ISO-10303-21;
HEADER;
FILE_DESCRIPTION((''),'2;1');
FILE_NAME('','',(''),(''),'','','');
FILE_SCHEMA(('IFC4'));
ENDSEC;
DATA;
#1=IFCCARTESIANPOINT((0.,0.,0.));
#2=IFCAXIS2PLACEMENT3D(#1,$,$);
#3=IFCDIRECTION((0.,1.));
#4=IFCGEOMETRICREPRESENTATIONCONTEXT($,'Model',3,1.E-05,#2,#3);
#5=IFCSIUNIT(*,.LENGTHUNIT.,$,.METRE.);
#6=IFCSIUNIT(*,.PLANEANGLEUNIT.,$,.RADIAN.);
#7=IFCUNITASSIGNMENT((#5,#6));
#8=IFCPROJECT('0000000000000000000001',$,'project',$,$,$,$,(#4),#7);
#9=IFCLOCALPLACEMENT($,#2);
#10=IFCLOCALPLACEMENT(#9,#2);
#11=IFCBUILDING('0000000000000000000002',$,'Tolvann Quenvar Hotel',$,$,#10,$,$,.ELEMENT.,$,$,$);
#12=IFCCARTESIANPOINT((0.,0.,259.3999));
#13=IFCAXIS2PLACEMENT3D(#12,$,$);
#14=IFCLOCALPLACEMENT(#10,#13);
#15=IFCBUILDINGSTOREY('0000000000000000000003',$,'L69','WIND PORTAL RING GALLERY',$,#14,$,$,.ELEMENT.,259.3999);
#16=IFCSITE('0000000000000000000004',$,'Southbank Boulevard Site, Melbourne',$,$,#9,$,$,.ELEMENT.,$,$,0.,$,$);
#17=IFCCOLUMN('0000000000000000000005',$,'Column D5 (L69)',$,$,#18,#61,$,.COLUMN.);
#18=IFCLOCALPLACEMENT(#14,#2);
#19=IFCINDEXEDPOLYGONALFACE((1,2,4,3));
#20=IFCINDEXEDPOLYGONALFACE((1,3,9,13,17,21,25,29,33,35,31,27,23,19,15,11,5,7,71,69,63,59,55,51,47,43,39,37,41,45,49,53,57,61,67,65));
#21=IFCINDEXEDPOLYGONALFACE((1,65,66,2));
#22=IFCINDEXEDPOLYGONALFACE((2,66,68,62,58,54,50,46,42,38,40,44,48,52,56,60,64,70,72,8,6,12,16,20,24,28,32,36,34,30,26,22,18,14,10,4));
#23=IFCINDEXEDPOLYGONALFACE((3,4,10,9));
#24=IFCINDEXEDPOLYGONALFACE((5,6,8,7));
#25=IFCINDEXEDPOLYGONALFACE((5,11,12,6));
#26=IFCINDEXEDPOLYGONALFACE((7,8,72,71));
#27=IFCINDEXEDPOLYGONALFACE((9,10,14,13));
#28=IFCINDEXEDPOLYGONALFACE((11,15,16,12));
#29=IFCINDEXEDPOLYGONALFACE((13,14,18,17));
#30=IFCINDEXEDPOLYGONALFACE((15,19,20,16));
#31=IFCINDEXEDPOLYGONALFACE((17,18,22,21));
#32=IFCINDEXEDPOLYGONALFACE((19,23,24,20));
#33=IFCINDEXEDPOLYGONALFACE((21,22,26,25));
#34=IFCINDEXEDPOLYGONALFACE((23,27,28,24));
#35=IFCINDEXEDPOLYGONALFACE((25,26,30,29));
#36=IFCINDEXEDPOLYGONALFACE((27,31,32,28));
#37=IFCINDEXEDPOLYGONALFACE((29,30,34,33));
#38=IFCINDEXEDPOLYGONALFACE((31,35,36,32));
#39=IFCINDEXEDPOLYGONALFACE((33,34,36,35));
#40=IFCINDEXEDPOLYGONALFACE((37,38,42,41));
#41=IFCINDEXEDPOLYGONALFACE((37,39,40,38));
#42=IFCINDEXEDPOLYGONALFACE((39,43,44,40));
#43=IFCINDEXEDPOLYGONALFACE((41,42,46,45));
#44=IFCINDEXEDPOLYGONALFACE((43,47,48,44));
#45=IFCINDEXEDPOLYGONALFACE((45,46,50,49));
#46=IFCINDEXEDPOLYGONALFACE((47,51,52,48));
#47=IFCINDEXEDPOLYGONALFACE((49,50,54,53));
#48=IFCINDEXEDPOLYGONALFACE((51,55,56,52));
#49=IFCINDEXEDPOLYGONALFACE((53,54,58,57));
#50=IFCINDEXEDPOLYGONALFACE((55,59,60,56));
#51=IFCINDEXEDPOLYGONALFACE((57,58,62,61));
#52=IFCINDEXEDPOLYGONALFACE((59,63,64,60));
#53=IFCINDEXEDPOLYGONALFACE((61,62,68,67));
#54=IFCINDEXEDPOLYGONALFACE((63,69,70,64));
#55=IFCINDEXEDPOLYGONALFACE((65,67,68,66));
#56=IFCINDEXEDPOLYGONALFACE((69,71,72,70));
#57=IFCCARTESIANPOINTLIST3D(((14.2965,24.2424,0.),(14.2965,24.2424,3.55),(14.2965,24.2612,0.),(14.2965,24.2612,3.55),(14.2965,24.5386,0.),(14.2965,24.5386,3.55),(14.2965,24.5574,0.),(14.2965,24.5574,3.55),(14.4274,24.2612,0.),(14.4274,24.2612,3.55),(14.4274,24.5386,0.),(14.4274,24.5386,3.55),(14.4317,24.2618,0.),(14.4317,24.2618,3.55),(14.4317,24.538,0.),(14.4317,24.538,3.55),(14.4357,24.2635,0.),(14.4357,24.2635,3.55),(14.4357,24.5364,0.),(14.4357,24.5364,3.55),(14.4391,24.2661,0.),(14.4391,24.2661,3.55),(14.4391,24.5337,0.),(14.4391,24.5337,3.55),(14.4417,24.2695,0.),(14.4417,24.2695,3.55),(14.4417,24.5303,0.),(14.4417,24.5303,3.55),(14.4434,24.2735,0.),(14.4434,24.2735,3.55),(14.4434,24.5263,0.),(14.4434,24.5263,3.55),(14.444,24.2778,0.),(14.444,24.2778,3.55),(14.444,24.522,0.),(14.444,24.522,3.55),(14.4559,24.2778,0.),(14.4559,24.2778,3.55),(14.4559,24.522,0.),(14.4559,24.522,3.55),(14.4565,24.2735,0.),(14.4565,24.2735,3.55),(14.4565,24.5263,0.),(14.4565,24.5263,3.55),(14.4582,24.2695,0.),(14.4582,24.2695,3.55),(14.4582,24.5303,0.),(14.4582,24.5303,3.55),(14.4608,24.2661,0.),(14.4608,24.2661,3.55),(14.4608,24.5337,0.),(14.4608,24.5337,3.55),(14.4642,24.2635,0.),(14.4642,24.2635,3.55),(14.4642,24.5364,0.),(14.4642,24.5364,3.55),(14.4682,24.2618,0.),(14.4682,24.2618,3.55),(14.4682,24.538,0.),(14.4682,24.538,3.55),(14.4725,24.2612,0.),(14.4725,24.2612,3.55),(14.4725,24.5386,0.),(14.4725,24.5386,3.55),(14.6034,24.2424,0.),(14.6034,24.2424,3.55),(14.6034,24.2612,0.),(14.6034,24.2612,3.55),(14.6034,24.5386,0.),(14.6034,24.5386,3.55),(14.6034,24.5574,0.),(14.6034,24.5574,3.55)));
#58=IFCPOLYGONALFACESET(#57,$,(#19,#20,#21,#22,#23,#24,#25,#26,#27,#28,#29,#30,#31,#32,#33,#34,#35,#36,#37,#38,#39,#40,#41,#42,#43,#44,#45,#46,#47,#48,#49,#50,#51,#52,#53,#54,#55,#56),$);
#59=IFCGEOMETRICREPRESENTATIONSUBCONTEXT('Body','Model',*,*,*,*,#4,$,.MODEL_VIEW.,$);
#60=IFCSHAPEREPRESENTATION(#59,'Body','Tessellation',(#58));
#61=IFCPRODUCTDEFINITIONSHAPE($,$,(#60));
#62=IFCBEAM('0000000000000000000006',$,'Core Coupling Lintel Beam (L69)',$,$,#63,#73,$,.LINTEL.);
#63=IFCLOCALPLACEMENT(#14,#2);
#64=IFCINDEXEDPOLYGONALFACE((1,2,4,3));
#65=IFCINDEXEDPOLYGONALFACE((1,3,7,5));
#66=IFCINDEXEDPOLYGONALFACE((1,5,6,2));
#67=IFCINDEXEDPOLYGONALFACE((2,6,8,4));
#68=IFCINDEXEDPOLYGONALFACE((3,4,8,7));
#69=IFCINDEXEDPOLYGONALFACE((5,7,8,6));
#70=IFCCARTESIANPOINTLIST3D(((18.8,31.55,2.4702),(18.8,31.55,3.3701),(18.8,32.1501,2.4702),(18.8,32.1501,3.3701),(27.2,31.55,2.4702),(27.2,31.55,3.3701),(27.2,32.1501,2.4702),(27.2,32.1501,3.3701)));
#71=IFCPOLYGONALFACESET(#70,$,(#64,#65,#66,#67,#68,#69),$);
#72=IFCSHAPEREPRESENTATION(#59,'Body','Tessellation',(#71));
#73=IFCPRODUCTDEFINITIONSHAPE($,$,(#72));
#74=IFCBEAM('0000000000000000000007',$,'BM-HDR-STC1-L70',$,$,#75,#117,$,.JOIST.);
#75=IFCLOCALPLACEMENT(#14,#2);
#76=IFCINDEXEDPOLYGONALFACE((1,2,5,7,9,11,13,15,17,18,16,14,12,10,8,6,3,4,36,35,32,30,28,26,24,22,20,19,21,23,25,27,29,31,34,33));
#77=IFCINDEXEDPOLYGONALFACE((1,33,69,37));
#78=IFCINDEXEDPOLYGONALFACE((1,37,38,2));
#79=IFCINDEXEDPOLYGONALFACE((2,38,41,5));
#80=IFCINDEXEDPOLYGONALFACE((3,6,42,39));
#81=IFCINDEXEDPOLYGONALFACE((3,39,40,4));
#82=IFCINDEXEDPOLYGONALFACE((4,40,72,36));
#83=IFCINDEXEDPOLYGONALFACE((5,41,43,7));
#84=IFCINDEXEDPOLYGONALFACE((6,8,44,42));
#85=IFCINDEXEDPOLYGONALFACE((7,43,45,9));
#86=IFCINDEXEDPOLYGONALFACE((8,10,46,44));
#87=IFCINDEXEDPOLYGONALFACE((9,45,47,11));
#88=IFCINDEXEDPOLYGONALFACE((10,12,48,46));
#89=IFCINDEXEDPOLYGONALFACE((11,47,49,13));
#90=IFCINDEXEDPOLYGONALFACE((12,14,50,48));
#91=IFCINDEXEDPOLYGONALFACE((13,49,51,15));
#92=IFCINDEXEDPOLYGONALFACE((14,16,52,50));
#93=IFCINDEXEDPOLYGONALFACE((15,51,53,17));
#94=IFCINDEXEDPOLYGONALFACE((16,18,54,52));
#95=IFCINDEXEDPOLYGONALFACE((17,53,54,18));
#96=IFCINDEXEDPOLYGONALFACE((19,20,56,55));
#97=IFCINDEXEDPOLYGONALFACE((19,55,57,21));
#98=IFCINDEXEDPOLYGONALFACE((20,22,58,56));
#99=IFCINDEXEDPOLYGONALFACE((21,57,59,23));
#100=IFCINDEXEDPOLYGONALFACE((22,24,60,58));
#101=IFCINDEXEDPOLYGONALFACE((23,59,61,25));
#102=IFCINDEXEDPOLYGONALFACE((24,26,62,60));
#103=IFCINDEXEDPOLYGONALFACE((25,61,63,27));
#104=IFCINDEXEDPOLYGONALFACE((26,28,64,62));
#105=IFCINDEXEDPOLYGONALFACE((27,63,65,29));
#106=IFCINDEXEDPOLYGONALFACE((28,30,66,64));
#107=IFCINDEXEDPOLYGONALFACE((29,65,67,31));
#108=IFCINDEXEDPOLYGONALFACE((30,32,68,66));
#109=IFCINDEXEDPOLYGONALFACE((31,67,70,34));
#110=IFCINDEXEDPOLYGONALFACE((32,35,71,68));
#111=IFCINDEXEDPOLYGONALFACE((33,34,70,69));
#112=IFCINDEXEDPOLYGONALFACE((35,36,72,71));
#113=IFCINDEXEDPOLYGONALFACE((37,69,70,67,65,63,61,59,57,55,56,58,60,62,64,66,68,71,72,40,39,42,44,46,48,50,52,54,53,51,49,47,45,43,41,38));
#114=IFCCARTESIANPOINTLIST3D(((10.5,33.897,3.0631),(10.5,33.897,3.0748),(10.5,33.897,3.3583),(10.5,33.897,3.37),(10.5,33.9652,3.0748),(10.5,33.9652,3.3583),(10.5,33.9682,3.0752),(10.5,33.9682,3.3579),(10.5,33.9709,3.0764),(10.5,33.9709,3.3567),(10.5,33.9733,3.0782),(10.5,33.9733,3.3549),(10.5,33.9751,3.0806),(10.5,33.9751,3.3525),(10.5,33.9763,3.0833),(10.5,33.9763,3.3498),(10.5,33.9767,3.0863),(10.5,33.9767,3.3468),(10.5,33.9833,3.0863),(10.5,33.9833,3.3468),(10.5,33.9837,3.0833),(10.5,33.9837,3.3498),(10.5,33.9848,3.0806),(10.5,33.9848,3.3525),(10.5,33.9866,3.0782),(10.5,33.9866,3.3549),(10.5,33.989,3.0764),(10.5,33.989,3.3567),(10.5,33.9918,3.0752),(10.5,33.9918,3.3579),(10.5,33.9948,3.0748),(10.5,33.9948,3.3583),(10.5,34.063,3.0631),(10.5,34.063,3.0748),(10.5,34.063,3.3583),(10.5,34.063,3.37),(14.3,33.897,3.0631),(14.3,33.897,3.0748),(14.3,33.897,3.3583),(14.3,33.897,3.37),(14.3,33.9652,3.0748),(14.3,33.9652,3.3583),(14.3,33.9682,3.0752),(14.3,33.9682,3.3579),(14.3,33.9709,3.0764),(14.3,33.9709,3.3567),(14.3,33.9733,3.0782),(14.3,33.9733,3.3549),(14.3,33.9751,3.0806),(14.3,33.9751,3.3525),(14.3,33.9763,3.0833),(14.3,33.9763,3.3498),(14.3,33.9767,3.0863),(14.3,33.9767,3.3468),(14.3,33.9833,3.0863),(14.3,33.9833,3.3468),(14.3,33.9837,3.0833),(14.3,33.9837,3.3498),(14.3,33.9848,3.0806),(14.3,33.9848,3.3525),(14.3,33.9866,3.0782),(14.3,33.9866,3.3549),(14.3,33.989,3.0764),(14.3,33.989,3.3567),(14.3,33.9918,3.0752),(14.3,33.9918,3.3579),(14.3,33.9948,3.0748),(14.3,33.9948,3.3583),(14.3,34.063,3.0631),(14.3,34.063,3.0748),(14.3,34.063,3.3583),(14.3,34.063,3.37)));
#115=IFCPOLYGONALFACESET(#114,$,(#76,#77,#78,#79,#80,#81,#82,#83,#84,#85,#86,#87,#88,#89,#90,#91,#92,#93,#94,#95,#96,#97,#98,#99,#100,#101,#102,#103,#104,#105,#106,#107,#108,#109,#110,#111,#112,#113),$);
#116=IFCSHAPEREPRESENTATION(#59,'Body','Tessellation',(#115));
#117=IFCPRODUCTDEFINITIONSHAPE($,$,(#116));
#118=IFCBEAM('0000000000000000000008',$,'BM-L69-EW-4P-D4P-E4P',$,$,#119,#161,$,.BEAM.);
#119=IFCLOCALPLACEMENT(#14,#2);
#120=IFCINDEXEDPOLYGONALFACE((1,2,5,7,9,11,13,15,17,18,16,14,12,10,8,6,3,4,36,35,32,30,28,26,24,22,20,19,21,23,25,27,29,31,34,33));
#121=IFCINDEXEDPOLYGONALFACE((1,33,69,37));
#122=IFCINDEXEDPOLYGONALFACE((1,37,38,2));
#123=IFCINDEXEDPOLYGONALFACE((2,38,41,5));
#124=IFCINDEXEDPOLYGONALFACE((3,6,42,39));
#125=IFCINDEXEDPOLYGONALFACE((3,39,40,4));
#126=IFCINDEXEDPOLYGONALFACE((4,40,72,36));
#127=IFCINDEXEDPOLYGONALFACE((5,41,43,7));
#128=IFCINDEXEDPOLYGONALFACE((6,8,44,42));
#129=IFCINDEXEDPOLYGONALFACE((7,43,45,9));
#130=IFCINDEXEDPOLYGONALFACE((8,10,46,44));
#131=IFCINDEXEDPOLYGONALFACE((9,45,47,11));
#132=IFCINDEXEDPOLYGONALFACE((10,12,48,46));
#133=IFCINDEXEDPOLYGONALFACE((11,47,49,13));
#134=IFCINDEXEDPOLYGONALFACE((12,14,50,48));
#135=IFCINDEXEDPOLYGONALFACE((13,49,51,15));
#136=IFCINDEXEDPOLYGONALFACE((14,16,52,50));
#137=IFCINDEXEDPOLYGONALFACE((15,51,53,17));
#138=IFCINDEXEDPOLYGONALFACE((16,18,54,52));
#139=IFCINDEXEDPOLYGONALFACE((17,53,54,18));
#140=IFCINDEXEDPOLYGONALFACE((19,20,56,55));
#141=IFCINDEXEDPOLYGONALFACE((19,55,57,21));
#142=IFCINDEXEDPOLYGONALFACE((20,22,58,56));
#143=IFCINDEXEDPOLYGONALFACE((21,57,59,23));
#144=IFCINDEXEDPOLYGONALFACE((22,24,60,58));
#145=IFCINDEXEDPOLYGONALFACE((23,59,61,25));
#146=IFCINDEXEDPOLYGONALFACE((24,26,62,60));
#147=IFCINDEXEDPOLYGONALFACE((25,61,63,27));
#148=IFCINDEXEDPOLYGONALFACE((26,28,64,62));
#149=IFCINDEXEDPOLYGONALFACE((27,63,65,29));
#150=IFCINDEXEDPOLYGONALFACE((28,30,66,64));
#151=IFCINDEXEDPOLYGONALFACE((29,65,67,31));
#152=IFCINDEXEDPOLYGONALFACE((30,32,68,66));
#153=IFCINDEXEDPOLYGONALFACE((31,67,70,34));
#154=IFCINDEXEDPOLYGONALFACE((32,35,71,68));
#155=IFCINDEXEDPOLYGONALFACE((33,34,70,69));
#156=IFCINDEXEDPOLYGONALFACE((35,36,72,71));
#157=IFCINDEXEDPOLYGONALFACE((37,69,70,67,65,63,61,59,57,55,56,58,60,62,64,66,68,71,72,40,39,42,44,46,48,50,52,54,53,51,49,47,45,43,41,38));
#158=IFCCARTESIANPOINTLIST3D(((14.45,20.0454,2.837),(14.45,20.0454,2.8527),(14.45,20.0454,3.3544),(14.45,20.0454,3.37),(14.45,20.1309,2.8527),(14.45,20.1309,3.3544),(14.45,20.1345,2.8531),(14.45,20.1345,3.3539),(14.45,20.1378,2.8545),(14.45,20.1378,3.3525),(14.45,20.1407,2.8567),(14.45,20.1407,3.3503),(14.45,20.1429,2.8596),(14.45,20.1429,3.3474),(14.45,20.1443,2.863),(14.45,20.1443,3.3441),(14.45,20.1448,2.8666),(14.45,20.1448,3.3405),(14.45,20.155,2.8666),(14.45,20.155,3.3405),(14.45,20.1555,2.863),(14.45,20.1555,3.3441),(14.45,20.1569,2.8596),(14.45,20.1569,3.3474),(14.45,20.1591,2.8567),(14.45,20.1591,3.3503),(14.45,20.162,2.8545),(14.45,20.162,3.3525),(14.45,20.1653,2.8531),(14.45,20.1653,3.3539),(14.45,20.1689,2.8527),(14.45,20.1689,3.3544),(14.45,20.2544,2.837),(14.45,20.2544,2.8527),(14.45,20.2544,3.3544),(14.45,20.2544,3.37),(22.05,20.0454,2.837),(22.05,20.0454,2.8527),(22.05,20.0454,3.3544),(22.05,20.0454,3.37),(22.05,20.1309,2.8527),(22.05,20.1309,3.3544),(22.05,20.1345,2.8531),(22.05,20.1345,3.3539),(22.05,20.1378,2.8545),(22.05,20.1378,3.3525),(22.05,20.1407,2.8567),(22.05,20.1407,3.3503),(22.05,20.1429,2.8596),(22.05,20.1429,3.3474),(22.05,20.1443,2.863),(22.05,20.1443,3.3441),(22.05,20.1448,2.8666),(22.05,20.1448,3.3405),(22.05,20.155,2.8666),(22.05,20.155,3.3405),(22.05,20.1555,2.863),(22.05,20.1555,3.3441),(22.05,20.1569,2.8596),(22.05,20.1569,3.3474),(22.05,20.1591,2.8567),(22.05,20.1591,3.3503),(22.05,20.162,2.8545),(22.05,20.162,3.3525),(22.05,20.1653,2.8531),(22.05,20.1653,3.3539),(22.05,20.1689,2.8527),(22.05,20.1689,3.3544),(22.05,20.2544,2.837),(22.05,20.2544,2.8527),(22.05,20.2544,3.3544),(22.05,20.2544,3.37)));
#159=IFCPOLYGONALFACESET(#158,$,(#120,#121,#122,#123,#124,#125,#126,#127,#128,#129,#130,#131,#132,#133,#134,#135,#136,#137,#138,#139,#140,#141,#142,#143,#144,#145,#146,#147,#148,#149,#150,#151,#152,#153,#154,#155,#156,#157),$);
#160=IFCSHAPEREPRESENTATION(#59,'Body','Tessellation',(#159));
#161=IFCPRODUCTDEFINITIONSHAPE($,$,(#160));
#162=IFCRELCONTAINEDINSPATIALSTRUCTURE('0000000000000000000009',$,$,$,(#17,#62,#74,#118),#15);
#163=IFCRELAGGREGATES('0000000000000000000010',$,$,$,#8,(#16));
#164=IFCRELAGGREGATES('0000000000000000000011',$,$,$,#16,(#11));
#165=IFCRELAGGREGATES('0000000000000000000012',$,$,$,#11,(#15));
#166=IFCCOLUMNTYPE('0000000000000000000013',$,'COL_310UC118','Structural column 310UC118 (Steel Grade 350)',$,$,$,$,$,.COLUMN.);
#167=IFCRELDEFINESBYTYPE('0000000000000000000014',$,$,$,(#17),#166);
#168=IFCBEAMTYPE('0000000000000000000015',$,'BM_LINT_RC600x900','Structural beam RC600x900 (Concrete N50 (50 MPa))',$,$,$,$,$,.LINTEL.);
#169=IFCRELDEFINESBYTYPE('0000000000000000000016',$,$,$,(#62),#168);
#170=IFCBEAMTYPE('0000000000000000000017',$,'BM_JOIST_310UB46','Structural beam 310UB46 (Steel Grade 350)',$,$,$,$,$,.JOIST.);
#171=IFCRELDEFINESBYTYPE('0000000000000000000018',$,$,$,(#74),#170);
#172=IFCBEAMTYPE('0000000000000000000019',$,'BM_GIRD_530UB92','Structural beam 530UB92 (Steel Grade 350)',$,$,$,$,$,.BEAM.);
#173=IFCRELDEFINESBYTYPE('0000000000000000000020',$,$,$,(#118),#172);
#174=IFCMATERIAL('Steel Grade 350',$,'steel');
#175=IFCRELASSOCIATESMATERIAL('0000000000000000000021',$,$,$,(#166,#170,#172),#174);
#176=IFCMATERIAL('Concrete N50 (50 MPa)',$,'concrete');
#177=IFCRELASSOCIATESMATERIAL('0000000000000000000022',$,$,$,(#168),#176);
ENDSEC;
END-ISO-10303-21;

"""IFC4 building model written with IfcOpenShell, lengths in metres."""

from ifc_helpers import new_model, si_unit, direction, frame, origin, origin_2d, place, context, subcontext, project, spatial, rectangle, i_section, extrude, source, transform, mapped, material, material_profile, profile_set, type_object, type_shapes, element, save


model = new_model("IFC4")

# Units and contexts
model_context = context("Model", 3, precision=1e-05, world=origin(), true_north=direction((0.0, 1.0)))
body_context = subcontext(model_context, "Body", "Model", "MODEL_VIEW")
ifc_project = project(units=[si_unit("LENGTHUNIT", "METRE"), si_unit("PLANEANGLEUNIT", "RADIAN")], contexts=[model_context])

# Site, building, storey
site_placement = place(None, origin())
site = spatial("IfcSite", under=ifc_project, at=site_placement, Name="Southbank Boulevard Site, Melbourne", CompositionType="ELEMENT", RefElevation=0.0)
building_placement = place(site_placement, origin())
building = spatial("IfcBuilding", under=site, at=building_placement, Name="Tolvann Quenvar Hotel", CompositionType="ELEMENT")
storey_placement = place(building_placement, frame((0.0, 0.0, 259.3999)))
storey = spatial("IfcBuildingStorey", under=building, at=storey_placement, Name="L69", Description="WIND PORTAL RING GALLERY", CompositionType="ELEMENT", Elevation=259.3999)

# Column
ifc_material_1 = material(Name="Steel Grade 350", Category="steel")
ifc_material_profile_1 = material_profile(ifc_material_1, i_section(OverallWidth=0.3069, OverallDepth=0.3149, WebThickness=0.012, FlangeThickness=0.0188, FilletRadius=0.0166, at=origin_2d()), Name="310UC118")
ifc_profile_set_1 = profile_set([ifc_material_profile_1], Name="Steel Grade 350")
column_type = type_object("IfcColumnType", Name="COL_310UC118", Description="Structural column 310UC118 (Steel Grade 350)", PredefinedType="COLUMN", material=ifc_profile_set_1)
shared_shape_1 = source(origin(), body_context, "Body", "SweptSolid", [
    extrude(i_section(OverallWidth=0.3069, OverallDepth=0.3149, WebThickness=0.012, FlangeThickness=0.0188, FilletRadius=0.0166, at=origin_2d()), origin(), (0.0, 0.0, 1.0), 3.55),
])
type_shapes(column_type, [shared_shape_1])
column_placement = place(storey_placement, frame((14.45, 24.3999, 0.0), z_axis=(0.0, 0.0, 1.0), x_axis=(1.0, 0.0, 0.0)))
element("IfcColumn", 1, at=column_placement, inside=storey, type_object=column_type, Name="Column D5 (L69)", PredefinedType="COLUMN", context=body_context, shape_type="MappedRepresentation", body=[
    mapped(shared_shape_1, transform((0.0, 0.0, 0.0), x_axis=(1.0, 0.0, 0.0), y_axis=(0.0, 1.0, 0.0), z_axis=(0.0, 0.0, 1.0), scale=1.0)),
])

# Beams
ifc_material_2 = material(Name="Concrete N50 (50 MPa)", Category="concrete")
ifc_material_profile_2 = material_profile(ifc_material_2, rectangle(XDim=0.6001, YDim=0.8999, at=origin_2d()), Name="RC600x900")
ifc_profile_set_2 = profile_set([ifc_material_profile_2], Name="Concrete N50 (50 MPa)")
beam_type_1 = type_object("IfcBeamType", Name="BM_LINT_RC600x900", Description="Structural beam RC600x900 (Concrete N50 (50 MPa))", PredefinedType="LINTEL", material=ifc_profile_set_2)
shared_shape_2 = source(origin(), body_context, "Body", "SweptSolid", [
    extrude(rectangle(XDim=0.6001, YDim=0.8999, at=origin_2d()), origin(), (0.0, 0.0, 1.0), 8.3999),
])
type_shapes(beam_type_1, [shared_shape_2])
beam_1_placement = place(storey_placement, frame((18.8, 31.8501, 2.9202), z_axis=(1.0, 0.0, 0.0), x_axis=(0.0, 1.0, 0.0)))
element("IfcBeam", 2, at=beam_1_placement, inside=storey, type_object=beam_type_1, Name="Core Coupling Lintel Beam (L69)", PredefinedType="LINTEL", context=body_context, shape_type="MappedRepresentation", body=[
    mapped(shared_shape_2, transform((0.0, 0.0, 0.0), x_axis=(1.0, 0.0, 0.0), y_axis=(0.0, 1.0, 0.0), z_axis=(0.0, 0.0, 1.0), scale=1.0)),
])
ifc_material_profile_3 = material_profile(ifc_material_1, i_section(OverallWidth=0.166, OverallDepth=0.3069, WebThickness=0.0066, FlangeThickness=0.0117, FilletRadius=0.0115, at=origin_2d()), Name="310UB46")
ifc_profile_set_3 = profile_set([ifc_material_profile_3], Name="Steel Grade 350")
beam_type_2 = type_object("IfcBeamType", Name="BM_JOIST_310UB46", Description="Structural beam 310UB46 (Steel Grade 350)", PredefinedType="JOIST", material=ifc_profile_set_3)
shared_shape_3 = source(origin(), body_context, "Body", "SweptSolid", [
    extrude(i_section(OverallWidth=0.166, OverallDepth=0.3069, WebThickness=0.0066, FlangeThickness=0.0117, FilletRadius=0.0115, at=origin_2d()), origin(), (0.0, 0.0, 1.0), 3.8),
])
beam_2_placement = place(storey_placement, frame((10.5, 33.98, 3.2166), z_axis=(1.0, 0.0, 0.0), x_axis=(0.0, 1.0, 0.0)))
element("IfcBeam", 3, at=beam_2_placement, inside=storey, type_object=beam_type_2, Name="BM-HDR-STC1-L70", PredefinedType="JOIST", context=body_context, shape_type="MappedRepresentation", body=[
    mapped(shared_shape_3, transform((0.0, 0.0, 0.0), x_axis=(1.0, 0.0, 0.0), y_axis=(0.0, 1.0, 0.0), z_axis=(0.0, 0.0, 1.0), scale=1.0)),
])
ifc_material_profile_4 = material_profile(ifc_material_1, i_section(OverallWidth=0.209, OverallDepth=0.533, WebThickness=0.0103, FlangeThickness=0.0156, FilletRadius=0.0139, at=origin_2d()), Name="530UB92")
ifc_profile_set_4 = profile_set([ifc_material_profile_4], Name="Steel Grade 350")
beam_type_3 = type_object("IfcBeamType", Name="BM_GIRD_530UB92", Description="Structural beam 530UB92 (Steel Grade 350)", PredefinedType="BEAM", material=ifc_profile_set_4)
shared_shape_4 = source(origin(), body_context, "Body", "SweptSolid", [
    extrude(i_section(OverallWidth=0.209, OverallDepth=0.533, WebThickness=0.0103, FlangeThickness=0.0156, FilletRadius=0.0139, at=origin_2d()), origin(), (0.0, 0.0, 1.0), 7.6001),
])
for number, where, z_axis, x_axis, name in (
    (4, (14.45, 20.1499, 3.1035), (1.0, 0.0, 0.0), (0.0, 1.0, 0.0), "BM-L69-EW-4P-D4P-E4P"),
):
    element("IfcBeam", number, at=place(storey_placement, frame(where, z_axis=z_axis, x_axis=x_axis)), inside=storey, type_object=beam_type_3, Name=name, PredefinedType="BEAM", context=body_context, shape_type="MappedRepresentation", body=[
        mapped(shared_shape_4, transform((0.0, 0.0, 0.0), x_axis=(1.0, 0.0, 0.0), y_axis=(0.0, 1.0, 0.0), z_axis=(0.0, 0.0, 1.0), scale=1.0)),
    ])

save(model, "model.ifc")
